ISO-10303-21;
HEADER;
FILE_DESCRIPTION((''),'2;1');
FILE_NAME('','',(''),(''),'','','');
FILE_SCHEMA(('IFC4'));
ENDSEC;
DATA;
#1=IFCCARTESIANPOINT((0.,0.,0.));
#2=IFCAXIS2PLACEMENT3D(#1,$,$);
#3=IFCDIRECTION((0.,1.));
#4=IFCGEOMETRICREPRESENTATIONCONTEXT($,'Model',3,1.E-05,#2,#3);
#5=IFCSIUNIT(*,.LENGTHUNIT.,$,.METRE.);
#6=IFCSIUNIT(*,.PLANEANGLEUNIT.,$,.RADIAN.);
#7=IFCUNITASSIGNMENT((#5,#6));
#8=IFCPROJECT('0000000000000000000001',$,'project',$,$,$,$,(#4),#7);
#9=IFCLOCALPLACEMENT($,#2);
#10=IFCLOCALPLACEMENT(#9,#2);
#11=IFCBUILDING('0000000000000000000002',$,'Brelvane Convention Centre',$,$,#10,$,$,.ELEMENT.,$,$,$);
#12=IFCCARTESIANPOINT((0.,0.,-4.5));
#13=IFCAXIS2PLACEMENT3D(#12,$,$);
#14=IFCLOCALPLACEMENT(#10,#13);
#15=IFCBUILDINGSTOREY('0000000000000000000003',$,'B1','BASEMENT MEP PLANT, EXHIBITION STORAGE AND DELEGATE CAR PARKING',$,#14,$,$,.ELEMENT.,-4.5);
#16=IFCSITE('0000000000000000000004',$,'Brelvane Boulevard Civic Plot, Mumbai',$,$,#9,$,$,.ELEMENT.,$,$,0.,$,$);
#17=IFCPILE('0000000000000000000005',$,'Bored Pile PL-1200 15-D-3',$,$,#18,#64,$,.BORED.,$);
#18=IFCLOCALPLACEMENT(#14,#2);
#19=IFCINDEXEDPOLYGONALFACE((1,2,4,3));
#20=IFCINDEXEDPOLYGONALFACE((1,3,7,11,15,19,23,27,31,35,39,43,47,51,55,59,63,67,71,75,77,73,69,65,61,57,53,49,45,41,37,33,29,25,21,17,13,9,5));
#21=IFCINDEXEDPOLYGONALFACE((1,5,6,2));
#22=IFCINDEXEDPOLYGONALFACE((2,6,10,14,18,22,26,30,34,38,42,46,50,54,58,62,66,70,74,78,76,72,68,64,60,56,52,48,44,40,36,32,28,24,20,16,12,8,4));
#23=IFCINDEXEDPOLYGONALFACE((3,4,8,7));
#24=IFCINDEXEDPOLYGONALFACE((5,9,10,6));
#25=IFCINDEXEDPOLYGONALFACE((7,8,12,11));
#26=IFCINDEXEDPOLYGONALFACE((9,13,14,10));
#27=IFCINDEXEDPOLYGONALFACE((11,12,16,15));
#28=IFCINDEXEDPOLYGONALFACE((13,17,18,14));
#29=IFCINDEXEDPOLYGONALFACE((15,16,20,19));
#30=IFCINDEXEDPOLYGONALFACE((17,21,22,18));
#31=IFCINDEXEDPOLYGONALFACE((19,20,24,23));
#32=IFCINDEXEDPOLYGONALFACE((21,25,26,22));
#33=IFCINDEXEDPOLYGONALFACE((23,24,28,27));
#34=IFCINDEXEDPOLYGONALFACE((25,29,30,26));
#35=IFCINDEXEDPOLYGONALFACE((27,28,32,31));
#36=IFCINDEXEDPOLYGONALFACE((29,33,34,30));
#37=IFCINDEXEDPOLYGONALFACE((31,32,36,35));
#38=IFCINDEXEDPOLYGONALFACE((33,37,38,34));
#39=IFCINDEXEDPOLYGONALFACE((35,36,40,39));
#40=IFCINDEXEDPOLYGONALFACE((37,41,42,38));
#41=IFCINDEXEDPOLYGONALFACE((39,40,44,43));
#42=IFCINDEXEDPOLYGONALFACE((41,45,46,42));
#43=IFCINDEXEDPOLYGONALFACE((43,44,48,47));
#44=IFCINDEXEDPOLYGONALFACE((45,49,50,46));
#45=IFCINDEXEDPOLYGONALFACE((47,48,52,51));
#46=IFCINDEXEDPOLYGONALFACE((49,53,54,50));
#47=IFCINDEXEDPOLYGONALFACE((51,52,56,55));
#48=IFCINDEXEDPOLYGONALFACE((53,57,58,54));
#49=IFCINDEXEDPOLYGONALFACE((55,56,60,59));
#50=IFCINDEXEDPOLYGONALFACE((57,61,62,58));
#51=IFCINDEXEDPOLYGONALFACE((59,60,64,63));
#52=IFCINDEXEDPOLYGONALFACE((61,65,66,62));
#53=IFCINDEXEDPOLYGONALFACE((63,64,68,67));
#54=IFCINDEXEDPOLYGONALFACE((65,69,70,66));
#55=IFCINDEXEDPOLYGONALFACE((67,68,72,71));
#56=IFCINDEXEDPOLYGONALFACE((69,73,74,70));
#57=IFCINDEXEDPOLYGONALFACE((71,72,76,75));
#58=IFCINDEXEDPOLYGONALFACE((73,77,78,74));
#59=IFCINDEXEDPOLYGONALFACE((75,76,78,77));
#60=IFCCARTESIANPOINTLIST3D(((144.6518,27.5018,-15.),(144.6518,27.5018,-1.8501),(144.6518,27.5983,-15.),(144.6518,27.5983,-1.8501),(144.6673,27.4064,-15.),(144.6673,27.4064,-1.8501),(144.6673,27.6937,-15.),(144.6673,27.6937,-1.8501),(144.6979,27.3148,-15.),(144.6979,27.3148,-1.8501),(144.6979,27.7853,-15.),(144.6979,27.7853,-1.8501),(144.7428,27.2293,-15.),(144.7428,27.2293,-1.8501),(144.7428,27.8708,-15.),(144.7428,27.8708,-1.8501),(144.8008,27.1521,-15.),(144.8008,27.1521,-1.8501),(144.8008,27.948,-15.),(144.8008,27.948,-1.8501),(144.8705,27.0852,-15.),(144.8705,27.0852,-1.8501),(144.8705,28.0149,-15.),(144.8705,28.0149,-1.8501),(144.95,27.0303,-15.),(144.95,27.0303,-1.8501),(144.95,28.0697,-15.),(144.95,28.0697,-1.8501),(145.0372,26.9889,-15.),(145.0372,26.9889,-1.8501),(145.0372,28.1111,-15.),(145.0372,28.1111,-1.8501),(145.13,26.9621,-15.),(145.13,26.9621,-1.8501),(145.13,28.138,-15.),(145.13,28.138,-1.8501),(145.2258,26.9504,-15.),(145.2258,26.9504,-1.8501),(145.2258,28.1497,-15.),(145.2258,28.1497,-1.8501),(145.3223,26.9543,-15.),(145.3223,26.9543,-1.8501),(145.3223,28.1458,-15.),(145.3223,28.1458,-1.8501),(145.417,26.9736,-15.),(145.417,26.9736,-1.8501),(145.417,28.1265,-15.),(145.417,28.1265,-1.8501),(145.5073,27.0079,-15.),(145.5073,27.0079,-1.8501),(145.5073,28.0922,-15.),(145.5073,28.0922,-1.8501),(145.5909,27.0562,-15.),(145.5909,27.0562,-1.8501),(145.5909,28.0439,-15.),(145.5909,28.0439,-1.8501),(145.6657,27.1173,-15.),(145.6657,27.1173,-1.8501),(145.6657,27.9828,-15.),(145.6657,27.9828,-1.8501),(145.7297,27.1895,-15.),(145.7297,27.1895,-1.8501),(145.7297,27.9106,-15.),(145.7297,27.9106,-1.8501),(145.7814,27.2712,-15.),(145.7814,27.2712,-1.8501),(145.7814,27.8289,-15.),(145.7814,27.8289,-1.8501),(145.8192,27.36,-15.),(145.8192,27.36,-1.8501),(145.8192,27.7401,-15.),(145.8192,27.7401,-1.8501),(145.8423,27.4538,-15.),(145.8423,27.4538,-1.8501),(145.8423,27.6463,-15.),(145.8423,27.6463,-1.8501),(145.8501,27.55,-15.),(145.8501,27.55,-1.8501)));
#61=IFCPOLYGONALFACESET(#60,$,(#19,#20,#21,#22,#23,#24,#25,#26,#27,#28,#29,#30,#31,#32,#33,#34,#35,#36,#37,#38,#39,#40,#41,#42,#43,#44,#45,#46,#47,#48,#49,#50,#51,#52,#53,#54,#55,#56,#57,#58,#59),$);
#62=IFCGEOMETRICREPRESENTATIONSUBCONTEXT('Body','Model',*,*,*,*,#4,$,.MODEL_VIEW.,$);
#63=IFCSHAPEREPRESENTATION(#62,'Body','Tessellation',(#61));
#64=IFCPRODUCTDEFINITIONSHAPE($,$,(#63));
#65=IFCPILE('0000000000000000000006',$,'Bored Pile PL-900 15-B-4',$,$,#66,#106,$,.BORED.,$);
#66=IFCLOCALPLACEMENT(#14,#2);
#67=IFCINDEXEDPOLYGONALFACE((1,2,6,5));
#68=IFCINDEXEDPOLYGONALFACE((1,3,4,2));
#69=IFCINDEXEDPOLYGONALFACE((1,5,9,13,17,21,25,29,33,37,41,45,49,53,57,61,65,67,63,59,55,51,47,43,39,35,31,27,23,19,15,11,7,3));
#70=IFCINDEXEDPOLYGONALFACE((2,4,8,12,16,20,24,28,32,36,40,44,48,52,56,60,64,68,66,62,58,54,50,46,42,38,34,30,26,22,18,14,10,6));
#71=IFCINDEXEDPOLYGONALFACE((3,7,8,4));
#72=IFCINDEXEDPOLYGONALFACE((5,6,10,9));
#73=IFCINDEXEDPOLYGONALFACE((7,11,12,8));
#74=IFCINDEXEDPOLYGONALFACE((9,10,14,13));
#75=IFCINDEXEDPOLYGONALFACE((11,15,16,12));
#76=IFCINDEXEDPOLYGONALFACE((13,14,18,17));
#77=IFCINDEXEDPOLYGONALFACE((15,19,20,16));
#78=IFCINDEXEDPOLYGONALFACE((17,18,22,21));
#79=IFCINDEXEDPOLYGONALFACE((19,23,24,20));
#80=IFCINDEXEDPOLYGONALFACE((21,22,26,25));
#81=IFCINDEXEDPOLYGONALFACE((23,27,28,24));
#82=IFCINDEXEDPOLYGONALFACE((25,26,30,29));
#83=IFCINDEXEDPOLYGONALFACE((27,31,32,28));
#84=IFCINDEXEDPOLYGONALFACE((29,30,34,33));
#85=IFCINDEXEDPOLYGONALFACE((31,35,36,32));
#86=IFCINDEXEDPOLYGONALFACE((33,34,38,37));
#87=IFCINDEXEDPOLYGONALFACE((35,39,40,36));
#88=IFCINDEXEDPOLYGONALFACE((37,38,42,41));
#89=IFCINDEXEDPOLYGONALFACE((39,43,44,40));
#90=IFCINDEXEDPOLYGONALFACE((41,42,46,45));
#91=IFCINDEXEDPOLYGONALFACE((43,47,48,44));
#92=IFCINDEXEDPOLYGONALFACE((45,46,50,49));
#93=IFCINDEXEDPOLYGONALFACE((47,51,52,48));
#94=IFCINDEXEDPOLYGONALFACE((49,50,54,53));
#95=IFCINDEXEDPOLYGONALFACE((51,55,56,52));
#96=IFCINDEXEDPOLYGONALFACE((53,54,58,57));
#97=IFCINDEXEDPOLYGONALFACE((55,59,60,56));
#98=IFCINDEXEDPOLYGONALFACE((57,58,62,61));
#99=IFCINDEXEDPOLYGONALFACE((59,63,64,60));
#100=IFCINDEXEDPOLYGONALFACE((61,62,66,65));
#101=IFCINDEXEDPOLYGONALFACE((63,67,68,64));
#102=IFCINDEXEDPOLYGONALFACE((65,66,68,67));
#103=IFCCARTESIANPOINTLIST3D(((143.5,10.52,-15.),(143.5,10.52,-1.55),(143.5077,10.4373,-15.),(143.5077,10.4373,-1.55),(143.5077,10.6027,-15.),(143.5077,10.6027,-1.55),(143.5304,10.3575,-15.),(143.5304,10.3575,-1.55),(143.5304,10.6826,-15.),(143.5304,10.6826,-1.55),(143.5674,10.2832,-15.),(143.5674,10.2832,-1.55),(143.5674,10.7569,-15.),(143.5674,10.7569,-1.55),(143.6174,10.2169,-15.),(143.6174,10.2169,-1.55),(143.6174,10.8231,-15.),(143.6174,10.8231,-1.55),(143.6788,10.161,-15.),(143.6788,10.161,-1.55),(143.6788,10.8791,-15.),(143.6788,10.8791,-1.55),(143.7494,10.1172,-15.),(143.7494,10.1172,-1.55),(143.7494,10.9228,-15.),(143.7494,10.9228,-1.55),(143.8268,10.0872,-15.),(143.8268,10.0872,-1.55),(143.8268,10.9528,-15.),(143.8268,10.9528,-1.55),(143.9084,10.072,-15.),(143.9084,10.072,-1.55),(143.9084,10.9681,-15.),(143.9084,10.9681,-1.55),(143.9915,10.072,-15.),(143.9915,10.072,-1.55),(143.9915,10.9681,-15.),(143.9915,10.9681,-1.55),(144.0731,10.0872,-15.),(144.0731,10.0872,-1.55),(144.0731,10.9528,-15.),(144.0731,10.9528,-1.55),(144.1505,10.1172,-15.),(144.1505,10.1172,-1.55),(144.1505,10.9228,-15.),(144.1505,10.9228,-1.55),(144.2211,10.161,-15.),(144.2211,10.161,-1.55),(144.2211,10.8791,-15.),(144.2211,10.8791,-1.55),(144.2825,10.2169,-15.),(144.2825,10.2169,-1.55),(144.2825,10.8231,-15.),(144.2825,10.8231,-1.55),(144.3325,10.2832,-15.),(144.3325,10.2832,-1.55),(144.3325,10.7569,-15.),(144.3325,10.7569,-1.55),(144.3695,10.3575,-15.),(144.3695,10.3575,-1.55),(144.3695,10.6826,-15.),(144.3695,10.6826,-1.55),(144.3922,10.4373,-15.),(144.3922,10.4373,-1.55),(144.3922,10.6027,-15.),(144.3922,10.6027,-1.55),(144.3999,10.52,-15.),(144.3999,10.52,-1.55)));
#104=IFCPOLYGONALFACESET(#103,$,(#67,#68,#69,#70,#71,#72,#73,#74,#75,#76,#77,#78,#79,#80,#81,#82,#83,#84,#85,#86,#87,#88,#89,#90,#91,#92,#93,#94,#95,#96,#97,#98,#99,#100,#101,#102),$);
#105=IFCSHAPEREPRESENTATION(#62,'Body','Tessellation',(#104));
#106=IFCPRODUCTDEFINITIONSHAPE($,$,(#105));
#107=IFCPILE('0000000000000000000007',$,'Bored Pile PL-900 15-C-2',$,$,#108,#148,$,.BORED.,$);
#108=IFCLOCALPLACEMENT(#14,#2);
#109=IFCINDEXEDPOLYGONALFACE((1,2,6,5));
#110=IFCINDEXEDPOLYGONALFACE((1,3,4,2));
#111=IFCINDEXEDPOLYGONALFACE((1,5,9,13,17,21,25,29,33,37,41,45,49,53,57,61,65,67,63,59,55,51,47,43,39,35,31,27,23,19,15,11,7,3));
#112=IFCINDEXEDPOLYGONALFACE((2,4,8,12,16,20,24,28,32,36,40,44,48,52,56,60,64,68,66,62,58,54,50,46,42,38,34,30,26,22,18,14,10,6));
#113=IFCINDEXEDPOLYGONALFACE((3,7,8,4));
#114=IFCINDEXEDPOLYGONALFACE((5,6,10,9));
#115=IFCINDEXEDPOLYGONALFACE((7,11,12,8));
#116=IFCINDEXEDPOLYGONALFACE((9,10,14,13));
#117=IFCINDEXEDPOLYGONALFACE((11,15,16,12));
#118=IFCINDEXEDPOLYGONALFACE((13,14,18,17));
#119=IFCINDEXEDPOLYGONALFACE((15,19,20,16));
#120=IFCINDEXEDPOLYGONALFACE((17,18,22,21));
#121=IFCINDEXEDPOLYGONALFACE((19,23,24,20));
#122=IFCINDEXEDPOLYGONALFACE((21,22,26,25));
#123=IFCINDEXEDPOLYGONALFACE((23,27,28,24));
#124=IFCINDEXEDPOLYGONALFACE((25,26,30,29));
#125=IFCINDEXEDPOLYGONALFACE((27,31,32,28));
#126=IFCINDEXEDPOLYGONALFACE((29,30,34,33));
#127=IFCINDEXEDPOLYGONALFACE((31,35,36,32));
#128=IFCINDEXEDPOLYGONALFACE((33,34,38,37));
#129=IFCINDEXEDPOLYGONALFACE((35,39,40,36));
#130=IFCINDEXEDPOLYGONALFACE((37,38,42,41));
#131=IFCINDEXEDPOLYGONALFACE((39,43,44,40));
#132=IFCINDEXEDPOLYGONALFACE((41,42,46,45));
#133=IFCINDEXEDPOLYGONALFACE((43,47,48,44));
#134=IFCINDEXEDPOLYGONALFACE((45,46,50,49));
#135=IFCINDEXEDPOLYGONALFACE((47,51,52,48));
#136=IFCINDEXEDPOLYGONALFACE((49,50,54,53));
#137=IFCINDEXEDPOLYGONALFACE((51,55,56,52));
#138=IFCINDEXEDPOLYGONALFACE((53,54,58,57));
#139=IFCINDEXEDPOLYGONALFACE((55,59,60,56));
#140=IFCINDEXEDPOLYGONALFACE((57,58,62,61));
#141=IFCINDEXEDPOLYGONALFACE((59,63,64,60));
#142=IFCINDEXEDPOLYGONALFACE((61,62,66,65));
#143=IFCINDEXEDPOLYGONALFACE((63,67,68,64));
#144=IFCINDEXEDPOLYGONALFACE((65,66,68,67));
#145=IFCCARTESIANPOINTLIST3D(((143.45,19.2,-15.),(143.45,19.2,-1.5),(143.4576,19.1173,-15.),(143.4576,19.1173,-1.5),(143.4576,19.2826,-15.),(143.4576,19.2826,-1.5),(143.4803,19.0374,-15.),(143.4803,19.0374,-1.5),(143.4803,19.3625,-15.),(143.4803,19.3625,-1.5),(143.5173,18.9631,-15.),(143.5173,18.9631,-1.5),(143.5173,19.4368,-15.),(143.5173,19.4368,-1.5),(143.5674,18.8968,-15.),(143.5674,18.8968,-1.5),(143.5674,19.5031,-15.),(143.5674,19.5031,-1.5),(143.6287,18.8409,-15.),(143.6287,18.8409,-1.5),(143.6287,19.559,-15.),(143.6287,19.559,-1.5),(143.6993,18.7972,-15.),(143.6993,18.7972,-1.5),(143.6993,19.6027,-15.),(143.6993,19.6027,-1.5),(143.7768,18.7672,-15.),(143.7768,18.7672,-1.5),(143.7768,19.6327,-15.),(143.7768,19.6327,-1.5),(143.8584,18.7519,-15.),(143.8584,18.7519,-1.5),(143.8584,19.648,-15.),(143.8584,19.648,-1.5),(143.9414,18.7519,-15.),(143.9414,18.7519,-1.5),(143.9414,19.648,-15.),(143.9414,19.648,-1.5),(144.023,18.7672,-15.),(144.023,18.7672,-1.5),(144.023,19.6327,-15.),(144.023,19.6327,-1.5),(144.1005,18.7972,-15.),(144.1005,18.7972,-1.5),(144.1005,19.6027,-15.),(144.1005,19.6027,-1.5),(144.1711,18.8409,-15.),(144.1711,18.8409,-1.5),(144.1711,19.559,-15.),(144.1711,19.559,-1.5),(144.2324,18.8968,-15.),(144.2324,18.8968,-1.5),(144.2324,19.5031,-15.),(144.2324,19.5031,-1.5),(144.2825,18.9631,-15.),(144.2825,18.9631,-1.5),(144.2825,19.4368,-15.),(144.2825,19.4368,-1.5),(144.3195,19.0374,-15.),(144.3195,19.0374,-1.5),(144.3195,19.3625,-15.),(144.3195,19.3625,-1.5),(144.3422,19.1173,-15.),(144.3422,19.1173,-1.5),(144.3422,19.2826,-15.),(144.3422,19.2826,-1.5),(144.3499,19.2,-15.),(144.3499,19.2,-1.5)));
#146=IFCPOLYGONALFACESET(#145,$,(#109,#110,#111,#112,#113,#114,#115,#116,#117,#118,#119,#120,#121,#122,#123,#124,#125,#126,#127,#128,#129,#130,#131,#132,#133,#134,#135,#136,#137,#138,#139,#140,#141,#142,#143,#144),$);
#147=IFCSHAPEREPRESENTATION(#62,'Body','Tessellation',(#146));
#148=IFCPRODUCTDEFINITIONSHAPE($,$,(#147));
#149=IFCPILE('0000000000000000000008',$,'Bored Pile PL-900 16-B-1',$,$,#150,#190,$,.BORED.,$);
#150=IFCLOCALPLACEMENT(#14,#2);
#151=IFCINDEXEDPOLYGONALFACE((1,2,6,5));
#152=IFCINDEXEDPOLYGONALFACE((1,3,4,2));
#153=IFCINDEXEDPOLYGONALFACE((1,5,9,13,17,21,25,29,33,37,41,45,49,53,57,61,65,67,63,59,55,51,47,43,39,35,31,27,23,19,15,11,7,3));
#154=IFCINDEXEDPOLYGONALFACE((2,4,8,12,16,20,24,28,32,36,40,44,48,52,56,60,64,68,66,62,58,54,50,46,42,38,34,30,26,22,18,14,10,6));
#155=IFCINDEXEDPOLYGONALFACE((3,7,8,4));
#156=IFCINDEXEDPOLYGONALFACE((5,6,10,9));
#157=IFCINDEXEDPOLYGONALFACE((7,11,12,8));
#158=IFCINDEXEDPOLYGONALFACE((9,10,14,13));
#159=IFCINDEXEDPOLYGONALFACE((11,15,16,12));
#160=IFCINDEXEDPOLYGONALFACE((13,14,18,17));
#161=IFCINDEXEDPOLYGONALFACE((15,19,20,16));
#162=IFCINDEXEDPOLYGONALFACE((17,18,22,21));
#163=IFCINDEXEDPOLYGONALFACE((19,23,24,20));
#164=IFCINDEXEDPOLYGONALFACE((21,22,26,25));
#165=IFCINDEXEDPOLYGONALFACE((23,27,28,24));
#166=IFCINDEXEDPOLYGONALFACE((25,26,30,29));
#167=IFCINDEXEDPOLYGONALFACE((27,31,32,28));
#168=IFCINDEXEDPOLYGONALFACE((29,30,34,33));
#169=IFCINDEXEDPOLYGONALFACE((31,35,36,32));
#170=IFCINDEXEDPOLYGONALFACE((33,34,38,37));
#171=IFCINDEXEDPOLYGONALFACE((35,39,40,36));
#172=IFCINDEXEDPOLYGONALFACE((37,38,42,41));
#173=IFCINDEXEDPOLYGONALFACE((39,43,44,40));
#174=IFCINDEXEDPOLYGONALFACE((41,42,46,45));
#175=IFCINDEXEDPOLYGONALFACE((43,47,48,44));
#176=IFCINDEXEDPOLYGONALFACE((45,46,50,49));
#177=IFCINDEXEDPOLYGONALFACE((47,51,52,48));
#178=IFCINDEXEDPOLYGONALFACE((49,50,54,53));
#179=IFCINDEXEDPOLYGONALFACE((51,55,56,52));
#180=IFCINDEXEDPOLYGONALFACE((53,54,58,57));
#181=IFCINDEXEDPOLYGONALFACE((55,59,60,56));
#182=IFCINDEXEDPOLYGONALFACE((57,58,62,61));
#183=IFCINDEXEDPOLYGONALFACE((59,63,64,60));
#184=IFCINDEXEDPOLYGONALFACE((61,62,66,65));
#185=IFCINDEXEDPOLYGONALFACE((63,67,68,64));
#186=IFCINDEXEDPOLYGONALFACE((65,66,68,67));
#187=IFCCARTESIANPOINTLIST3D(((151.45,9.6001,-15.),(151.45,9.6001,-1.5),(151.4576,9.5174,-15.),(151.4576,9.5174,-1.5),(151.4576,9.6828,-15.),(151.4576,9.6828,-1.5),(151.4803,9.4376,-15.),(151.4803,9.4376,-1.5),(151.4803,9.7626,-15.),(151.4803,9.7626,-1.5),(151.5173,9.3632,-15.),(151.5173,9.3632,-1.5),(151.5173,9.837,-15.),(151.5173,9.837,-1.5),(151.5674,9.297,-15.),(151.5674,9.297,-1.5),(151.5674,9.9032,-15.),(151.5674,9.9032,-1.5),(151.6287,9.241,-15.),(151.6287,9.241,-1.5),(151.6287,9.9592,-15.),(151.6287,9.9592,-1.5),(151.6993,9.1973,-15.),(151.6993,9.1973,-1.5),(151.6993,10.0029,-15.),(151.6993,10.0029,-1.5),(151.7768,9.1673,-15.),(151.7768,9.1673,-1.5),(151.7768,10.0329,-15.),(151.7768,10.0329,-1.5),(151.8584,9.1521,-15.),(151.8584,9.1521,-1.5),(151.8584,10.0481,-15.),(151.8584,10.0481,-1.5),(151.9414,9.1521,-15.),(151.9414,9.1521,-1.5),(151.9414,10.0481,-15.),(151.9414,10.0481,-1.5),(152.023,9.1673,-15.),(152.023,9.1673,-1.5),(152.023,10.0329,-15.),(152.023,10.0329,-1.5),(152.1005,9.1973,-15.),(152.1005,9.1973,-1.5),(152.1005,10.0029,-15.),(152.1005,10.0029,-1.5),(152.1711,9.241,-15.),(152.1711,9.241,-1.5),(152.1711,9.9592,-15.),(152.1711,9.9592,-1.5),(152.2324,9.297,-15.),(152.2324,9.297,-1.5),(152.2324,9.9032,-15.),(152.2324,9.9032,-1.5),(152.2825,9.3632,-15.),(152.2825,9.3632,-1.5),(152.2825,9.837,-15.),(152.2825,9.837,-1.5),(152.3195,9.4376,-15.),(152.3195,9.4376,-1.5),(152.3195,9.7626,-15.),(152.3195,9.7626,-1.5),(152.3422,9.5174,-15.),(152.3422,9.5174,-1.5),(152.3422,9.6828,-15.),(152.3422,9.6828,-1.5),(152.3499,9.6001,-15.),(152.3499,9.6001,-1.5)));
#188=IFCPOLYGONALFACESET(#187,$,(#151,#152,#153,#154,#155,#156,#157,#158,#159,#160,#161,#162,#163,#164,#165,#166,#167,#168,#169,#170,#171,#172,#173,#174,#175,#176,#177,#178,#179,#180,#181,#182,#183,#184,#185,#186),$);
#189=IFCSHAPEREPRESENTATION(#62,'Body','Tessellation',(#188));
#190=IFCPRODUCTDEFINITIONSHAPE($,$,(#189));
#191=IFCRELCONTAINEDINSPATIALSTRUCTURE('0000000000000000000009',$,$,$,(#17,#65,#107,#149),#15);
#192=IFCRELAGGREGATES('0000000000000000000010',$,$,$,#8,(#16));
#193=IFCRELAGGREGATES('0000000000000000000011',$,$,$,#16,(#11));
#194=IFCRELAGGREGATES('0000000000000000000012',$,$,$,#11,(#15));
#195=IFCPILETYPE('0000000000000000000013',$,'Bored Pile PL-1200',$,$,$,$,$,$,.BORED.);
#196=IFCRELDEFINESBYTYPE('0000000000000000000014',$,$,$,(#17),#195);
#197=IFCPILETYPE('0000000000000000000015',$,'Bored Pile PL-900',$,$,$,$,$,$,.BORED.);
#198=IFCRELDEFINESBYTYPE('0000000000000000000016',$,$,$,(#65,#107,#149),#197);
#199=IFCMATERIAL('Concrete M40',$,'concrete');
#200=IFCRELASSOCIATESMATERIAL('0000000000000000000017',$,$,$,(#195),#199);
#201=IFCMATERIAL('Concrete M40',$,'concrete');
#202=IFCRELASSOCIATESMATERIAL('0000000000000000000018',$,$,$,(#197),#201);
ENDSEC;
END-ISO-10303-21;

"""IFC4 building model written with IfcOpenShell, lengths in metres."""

from ifc_helpers import new_model, si_unit, direction, frame, origin, origin_2d, place, context, subcontext, project, spatial, circle, extrude, material, material_profile, profile_set, type_object, element, save


model = new_model("IFC4")

# Units and contexts
model_context = context("Model", 3, precision=1e-05, world=origin(), true_north=direction((0.0, 1.0)))
body_context = subcontext(model_context, "Body", "Model", "MODEL_VIEW")
ifc_project = project(units=[si_unit("LENGTHUNIT", "METRE"), si_unit("PLANEANGLEUNIT", "RADIAN")], contexts=[model_context])

# Site, building, storey
site_placement = place(None, origin())
site = spatial("IfcSite", under=ifc_project, at=site_placement, Name="Brelvane Boulevard Civic Plot, Mumbai", CompositionType="ELEMENT", RefElevation=0.0)
building_placement = place(site_placement, origin())
building = spatial("IfcBuilding", under=site, at=building_placement, Name="Brelvane Convention Centre", CompositionType="ELEMENT")
storey_placement = place(building_placement, frame((0.0, 0.0, -4.5)))
storey = spatial("IfcBuildingStorey", under=building, at=storey_placement, Name="B1", Description="BASEMENT MEP PLANT, EXHIBITION STORAGE AND DELEGATE CAR PARKING", CompositionType="ELEMENT", Elevation=-4.5)

# Piles
ifc_material_1 = material(Name="Concrete M40", Category="concrete")
ifc_material_profile_1 = material_profile(ifc_material_1, circle(Radius=0.6001, at=origin_2d()), Name="PILE D1200")
ifc_profile_set_1 = profile_set([ifc_material_profile_1], Name="Concrete M40")
pile_type_1 = type_object("IfcPileType", Name="Bored Pile PL-1200", PredefinedType="BORED", material=ifc_profile_set_1)
pile_1_placement = place(storey_placement, frame((145.25, 27.55, -1.8501), z_axis=(0.0, 0.0, -1.0), x_axis=(1.0, 0.0, 0.0)))
element("IfcPile", 1, at=pile_1_placement, inside=storey, type_object=pile_type_1, Name="Bored Pile PL-1200 15-D-3", PredefinedType="BORED", context=body_context, shape_type="SweptSolid", body=[
    extrude(circle(Radius=0.6001, at=origin_2d()), origin(), (0.0, 0.0, 1.0), 13.1499),
])
ifc_material_2 = material(Name="Concrete M40", Category="concrete")
ifc_material_profile_2 = material_profile(ifc_material_2, circle(Radius=0.45, at=origin_2d()), Name="PILE D900")
ifc_profile_set_2 = profile_set([ifc_material_profile_2], Name="Concrete M40")
pile_type_2 = type_object("IfcPileType", Name="Bored Pile PL-900", PredefinedType="BORED", material=ifc_profile_set_2)
pile_2_placement = place(storey_placement, frame((143.95, 10.52, -1.55), z_axis=(0.0, 0.0, -1.0), x_axis=(1.0, 0.0, 0.0)))
element("IfcPile", 2, at=pile_2_placement, inside=storey, type_object=pile_type_2, Name="Bored Pile PL-900 15-B-4", PredefinedType="BORED", context=body_context, shape_type="SweptSolid", body=[
    extrude(circle(Radius=0.45, at=origin_2d()), origin(), (0.0, 0.0, 1.0), 13.45),
])
for number, where, z_axis, x_axis, name in (
    (3, (143.8999, 19.2, -1.5), (0.0, 0.0, -1.0), (1.0, 0.0, 0.0), "Bored Pile PL-900 15-C-2"),
    (4, (151.8999, 9.6001, -1.5), (0.0, 0.0, -1.0), (1.0, 0.0, 0.0), "Bored Pile PL-900 16-B-1"),
):
    element("IfcPile", number, at=place(storey_placement, frame(where, z_axis=z_axis, x_axis=x_axis)), inside=storey, type_object=pile_type_2, Name=name, PredefinedType="BORED", context=body_context, shape_type="SweptSolid", body=[
        extrude(circle(Radius=0.45, at=origin_2d()), origin(), (0.0, 0.0, 1.0), 13.5),
    ])

save(model, "model.ifc")
